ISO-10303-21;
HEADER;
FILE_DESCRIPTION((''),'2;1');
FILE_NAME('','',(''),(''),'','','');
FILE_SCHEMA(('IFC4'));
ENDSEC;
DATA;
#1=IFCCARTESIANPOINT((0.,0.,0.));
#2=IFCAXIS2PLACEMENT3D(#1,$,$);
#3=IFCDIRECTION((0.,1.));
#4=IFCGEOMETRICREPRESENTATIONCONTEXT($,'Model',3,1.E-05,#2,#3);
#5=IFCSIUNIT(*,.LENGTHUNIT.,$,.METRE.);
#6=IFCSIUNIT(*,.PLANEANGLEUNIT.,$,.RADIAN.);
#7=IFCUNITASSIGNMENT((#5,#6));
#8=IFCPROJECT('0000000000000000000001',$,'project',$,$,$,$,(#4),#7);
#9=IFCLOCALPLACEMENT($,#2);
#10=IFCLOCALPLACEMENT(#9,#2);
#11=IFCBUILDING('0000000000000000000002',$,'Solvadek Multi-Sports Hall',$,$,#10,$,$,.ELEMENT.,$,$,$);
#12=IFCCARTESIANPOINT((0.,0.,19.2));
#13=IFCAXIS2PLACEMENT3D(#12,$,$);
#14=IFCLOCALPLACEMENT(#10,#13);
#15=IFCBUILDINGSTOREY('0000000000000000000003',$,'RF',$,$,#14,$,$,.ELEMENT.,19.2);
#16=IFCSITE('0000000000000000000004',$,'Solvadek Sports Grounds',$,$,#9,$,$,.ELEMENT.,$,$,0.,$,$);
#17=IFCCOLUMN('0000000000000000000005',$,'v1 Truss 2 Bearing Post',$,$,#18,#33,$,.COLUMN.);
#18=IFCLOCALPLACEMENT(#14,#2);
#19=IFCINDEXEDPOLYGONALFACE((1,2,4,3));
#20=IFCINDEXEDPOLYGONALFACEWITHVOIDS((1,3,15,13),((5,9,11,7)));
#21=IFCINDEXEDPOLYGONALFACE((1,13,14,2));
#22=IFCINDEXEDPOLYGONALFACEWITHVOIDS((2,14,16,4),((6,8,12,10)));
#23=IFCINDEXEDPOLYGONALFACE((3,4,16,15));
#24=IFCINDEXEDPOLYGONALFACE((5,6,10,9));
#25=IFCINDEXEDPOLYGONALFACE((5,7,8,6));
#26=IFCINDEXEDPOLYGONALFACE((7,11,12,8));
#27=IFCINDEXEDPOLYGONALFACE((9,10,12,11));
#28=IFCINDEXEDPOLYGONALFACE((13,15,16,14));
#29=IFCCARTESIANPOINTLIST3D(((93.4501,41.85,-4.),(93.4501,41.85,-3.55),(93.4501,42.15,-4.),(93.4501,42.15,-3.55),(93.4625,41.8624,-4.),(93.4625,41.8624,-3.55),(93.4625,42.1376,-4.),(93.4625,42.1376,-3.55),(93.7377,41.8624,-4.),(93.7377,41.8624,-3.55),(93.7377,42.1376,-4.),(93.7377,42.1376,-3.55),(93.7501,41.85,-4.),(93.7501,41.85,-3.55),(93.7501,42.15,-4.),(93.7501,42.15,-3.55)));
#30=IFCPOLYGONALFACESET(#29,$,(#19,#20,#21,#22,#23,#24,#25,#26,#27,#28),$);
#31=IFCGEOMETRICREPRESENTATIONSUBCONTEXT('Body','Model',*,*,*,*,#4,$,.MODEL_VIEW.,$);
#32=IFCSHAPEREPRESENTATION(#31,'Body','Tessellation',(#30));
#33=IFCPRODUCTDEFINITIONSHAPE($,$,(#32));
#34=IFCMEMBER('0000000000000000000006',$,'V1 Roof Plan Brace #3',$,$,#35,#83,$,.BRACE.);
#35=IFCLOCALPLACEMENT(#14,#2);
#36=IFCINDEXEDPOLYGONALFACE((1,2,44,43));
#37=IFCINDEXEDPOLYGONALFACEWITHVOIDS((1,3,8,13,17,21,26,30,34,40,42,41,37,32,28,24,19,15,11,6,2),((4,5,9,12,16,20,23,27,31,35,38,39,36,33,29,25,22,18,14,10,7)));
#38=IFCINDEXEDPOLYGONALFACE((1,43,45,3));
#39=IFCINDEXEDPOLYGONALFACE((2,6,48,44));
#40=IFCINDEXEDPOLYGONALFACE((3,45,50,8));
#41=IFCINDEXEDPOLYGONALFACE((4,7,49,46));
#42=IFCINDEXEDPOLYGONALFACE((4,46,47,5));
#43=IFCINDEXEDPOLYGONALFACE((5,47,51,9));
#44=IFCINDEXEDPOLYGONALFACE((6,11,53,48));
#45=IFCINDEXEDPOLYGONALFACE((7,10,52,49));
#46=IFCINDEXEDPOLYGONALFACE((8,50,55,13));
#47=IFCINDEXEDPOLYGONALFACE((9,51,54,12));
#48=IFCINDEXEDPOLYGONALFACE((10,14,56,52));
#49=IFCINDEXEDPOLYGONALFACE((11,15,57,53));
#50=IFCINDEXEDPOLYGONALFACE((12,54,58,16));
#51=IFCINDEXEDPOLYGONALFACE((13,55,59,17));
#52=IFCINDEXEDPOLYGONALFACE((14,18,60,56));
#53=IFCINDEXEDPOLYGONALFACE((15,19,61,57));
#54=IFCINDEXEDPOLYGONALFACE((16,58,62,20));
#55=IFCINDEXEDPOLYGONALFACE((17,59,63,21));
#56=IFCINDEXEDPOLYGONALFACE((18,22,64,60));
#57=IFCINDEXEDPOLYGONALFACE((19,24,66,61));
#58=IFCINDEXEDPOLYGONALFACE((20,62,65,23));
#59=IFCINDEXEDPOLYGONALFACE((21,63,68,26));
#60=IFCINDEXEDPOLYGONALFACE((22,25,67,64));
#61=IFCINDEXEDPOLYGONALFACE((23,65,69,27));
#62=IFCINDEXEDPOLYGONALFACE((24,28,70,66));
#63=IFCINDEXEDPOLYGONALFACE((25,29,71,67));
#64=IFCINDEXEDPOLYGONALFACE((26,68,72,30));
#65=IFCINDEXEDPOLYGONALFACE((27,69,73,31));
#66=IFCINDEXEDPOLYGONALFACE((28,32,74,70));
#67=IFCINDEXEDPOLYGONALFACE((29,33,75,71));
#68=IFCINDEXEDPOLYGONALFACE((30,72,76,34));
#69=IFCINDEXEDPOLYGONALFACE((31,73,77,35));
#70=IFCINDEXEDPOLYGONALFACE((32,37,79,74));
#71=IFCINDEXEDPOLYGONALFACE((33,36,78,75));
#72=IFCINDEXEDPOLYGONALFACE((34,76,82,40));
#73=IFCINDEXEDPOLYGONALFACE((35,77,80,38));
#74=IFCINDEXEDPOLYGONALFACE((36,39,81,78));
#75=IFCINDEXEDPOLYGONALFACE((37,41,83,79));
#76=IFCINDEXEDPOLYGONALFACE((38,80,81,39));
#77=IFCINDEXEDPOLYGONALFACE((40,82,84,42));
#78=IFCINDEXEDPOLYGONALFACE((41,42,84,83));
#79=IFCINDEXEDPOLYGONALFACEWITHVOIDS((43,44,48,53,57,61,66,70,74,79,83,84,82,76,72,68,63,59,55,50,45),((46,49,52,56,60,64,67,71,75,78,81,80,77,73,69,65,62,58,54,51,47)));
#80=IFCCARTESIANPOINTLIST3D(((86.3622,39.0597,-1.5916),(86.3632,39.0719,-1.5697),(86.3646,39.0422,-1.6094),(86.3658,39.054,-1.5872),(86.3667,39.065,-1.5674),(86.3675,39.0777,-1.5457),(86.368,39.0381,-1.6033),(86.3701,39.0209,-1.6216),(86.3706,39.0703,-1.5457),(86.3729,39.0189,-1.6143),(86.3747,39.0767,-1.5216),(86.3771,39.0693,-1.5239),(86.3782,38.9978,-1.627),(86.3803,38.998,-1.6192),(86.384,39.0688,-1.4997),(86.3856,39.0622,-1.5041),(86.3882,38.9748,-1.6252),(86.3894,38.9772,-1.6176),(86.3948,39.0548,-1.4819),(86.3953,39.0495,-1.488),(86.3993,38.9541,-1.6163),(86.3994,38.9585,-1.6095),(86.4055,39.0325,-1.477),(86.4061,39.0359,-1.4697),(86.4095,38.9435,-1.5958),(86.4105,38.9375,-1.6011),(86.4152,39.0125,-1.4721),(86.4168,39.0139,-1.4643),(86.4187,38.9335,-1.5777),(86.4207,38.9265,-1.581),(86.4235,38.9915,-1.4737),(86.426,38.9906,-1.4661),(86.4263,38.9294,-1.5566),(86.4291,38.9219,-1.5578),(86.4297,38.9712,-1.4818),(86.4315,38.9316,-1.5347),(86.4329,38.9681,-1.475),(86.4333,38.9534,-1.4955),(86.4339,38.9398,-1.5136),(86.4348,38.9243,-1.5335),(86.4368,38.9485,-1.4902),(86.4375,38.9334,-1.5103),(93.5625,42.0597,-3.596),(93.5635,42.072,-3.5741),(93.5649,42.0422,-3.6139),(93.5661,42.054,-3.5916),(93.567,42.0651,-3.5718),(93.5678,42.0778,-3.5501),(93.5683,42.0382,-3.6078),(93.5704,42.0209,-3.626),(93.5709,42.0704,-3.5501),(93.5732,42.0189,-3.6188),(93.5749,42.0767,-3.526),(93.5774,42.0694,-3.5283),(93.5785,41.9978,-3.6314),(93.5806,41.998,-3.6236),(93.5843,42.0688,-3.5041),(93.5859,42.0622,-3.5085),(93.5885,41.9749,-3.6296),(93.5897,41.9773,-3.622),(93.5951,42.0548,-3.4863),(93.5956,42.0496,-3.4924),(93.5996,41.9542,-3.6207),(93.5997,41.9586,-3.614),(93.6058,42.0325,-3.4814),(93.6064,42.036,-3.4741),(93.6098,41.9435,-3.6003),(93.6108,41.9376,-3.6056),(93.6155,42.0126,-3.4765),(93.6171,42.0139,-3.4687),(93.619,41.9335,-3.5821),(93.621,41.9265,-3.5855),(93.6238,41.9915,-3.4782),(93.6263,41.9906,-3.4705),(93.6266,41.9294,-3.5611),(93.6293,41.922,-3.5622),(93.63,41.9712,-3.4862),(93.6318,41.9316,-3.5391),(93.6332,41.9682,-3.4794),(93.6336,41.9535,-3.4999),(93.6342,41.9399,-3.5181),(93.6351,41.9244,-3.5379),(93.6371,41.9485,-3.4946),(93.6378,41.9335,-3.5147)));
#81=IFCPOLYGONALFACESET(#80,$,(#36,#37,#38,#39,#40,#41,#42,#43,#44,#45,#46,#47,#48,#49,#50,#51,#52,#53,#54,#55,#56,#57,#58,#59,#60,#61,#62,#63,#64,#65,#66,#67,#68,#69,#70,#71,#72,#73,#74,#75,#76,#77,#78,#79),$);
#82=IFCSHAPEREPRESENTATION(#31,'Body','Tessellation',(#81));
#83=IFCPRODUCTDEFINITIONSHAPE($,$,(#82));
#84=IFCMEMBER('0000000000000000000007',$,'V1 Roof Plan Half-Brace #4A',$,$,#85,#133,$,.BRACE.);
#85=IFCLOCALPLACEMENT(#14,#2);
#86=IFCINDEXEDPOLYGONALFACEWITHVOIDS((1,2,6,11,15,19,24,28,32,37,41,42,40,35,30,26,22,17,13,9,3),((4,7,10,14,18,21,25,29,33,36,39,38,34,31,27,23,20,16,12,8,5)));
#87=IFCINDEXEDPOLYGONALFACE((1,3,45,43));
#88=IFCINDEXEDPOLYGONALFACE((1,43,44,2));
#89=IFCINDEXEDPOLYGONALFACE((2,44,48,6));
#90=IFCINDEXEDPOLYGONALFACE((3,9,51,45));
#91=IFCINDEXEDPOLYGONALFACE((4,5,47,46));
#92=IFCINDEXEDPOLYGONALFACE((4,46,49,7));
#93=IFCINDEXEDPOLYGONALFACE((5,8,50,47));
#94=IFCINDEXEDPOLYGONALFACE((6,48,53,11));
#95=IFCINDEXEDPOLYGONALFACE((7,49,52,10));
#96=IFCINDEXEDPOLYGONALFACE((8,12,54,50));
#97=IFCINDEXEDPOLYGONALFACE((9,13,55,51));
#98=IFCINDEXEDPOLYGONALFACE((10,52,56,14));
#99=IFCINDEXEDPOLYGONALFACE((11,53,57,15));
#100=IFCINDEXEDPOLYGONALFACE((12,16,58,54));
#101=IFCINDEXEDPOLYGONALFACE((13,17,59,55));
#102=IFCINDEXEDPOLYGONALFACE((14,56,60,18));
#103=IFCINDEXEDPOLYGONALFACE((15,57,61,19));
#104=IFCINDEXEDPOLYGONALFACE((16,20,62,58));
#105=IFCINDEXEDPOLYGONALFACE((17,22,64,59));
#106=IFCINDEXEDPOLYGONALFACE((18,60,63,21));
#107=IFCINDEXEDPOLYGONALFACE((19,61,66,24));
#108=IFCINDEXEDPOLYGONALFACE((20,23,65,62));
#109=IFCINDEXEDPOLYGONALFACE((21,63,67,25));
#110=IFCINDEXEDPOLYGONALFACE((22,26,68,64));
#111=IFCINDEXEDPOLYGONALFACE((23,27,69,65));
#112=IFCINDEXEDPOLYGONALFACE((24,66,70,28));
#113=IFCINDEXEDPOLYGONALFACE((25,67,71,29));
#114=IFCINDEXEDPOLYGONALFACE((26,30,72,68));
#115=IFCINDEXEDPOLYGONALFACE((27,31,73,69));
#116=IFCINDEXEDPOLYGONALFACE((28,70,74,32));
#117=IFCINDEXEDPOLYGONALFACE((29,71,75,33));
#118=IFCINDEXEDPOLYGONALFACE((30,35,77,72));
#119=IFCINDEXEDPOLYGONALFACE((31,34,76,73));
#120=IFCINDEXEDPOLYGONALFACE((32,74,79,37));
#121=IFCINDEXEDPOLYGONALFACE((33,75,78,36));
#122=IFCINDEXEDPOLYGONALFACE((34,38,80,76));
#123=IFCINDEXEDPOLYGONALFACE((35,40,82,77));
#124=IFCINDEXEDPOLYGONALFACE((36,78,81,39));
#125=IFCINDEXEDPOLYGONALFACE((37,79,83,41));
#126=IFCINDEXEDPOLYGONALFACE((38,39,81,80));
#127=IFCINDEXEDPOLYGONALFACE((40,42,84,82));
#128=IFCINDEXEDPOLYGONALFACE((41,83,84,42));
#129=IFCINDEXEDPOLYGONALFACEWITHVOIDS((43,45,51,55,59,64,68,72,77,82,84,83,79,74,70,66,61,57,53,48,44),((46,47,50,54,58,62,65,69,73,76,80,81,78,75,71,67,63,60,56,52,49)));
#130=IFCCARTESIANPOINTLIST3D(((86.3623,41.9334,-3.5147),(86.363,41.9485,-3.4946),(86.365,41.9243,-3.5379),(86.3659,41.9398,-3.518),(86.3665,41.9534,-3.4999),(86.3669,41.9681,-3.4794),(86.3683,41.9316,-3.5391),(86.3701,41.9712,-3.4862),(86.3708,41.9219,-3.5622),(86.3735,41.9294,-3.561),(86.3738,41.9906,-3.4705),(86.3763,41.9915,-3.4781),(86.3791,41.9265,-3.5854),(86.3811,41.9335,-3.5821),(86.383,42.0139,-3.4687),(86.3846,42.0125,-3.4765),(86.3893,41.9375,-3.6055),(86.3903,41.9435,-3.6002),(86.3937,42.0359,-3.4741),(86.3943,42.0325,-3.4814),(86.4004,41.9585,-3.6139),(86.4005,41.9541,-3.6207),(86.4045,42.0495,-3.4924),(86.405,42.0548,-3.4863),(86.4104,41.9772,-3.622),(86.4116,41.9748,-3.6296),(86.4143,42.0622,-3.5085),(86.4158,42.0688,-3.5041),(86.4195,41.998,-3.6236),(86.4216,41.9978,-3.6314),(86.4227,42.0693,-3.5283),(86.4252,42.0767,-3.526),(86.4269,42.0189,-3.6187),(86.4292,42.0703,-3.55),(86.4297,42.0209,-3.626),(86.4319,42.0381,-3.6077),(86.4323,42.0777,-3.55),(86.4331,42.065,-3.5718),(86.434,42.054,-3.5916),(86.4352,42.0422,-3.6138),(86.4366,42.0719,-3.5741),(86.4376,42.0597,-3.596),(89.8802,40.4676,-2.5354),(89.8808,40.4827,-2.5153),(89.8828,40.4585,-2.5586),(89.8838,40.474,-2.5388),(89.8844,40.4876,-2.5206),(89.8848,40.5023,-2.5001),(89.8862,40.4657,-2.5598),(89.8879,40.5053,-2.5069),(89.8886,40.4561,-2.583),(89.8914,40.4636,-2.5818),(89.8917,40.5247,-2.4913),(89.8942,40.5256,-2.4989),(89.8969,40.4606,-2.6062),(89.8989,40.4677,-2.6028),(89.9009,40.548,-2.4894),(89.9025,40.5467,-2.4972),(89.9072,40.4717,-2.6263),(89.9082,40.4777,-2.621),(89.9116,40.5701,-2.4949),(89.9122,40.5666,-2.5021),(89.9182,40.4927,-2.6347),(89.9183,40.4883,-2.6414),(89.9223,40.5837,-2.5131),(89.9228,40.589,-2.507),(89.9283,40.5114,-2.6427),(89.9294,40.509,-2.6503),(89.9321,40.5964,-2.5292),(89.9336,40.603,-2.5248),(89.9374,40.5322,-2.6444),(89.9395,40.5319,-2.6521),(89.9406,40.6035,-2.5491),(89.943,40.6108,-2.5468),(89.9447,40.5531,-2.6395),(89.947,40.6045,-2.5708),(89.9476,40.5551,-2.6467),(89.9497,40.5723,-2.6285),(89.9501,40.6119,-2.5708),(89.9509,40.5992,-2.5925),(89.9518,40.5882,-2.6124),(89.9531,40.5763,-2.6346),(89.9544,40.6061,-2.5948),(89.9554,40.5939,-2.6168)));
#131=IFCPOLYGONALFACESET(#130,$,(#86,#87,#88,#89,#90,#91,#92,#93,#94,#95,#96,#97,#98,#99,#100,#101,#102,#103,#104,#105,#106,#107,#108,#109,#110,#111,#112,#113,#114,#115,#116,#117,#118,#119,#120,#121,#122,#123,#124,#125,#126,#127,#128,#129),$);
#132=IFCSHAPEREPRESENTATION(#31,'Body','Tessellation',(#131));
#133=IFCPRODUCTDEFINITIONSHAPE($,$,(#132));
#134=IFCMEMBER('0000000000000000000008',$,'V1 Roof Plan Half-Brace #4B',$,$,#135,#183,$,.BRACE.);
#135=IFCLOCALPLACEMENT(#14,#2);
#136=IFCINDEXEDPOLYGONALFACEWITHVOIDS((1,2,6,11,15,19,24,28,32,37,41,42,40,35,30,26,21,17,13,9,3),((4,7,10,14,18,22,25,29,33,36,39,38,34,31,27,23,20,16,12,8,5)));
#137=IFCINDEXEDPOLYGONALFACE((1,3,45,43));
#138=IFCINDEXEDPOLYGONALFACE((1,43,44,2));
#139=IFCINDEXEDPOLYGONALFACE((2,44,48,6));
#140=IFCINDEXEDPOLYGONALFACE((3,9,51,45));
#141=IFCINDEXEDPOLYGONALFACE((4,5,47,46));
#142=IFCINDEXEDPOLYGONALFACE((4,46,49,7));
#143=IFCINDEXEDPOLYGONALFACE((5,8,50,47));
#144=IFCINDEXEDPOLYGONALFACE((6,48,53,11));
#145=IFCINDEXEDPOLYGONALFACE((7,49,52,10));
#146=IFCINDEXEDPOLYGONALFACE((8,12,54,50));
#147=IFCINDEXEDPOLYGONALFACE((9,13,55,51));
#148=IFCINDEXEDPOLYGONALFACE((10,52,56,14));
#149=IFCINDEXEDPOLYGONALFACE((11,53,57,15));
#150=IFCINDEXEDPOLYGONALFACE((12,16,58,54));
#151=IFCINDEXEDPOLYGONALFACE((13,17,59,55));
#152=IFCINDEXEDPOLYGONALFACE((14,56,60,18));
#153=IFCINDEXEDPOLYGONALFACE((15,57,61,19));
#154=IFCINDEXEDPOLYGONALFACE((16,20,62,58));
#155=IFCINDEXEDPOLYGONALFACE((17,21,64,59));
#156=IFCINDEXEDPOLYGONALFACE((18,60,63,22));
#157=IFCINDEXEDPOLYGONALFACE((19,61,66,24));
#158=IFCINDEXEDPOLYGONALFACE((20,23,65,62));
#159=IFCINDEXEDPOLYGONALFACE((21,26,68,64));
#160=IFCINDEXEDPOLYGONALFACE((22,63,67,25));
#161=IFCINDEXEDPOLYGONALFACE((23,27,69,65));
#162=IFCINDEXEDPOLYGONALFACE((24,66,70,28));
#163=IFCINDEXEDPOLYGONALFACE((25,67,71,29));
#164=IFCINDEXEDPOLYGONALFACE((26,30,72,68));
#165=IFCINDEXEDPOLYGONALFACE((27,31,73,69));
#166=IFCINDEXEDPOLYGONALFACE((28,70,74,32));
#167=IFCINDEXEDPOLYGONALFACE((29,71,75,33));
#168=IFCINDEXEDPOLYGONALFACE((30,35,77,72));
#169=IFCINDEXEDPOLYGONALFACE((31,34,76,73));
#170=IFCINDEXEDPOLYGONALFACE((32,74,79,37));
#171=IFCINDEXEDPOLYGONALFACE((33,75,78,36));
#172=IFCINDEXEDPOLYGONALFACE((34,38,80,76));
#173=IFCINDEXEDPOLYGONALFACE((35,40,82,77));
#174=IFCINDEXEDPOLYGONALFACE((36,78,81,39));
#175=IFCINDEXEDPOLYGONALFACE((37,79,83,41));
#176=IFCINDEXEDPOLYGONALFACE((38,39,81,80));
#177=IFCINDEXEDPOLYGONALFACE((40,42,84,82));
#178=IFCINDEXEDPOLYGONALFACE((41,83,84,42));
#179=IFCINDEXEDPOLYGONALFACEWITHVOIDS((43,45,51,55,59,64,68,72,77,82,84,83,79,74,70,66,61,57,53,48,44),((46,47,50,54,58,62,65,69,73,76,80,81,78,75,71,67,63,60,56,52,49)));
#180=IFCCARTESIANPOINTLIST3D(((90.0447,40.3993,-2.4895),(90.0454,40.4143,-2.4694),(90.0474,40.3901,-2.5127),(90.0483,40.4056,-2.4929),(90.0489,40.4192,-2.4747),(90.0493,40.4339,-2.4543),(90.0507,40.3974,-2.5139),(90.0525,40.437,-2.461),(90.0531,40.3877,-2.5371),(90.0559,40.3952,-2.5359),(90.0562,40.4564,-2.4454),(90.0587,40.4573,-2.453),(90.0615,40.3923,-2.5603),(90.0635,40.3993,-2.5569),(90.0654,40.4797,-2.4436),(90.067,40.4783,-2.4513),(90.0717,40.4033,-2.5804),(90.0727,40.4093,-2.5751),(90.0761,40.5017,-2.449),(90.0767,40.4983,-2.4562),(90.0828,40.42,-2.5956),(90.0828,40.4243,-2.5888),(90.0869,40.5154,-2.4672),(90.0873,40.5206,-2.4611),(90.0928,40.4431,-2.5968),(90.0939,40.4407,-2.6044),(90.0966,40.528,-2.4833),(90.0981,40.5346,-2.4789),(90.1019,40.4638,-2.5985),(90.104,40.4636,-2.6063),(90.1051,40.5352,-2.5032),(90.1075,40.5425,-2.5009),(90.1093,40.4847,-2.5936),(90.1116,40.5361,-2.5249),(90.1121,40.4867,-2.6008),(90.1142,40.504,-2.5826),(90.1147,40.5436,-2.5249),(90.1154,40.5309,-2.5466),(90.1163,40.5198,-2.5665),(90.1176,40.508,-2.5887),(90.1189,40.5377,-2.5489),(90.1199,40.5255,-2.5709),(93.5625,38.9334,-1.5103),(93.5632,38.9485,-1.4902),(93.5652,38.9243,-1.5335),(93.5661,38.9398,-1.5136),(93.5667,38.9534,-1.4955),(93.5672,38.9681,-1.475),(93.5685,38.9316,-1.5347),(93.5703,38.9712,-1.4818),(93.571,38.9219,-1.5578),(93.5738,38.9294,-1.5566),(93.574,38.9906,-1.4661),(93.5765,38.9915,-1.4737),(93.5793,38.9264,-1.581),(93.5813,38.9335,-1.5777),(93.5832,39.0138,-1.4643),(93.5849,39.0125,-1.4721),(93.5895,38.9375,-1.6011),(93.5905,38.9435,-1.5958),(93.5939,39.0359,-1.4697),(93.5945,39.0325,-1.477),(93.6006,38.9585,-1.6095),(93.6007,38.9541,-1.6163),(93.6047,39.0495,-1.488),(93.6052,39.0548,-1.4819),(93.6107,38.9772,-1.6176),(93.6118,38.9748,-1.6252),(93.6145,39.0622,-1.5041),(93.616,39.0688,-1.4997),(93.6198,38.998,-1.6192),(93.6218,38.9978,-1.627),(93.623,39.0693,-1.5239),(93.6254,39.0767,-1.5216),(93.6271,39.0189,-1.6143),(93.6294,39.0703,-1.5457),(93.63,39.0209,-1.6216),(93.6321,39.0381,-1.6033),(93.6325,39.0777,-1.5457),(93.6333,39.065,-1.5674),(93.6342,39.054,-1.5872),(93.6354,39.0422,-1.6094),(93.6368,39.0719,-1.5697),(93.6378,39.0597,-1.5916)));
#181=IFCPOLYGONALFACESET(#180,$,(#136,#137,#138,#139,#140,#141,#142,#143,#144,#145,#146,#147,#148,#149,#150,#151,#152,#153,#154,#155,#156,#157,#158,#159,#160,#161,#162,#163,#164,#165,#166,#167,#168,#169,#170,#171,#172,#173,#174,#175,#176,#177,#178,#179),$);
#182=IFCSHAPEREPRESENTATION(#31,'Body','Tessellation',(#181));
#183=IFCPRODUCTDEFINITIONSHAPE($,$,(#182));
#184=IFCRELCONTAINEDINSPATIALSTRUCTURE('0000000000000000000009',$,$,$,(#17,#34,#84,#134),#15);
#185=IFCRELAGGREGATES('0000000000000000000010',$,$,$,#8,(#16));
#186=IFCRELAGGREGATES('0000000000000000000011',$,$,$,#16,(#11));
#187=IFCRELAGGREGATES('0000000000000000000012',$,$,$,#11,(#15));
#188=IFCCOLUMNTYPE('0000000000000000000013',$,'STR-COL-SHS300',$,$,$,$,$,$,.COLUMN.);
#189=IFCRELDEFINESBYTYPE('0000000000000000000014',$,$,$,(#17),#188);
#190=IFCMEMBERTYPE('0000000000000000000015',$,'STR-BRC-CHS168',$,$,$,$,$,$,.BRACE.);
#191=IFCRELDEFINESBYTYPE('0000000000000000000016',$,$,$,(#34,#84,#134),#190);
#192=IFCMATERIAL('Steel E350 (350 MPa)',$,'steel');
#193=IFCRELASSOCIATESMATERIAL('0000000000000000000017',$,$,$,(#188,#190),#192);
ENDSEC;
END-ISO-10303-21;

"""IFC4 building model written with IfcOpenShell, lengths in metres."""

from ifc_helpers import new_model, si_unit, direction, frame, origin, origin_2d, place, context, subcontext, project, spatial, hollow_rectangle, hollow_circle, extrude, material, material_profile, profile_set, type_object, element, save


model = new_model("IFC4")

# Units and contexts
model_context = context("Model", 3, precision=1e-05, world=origin(), true_north=direction((0.0, 1.0)))
body_context = subcontext(model_context, "Body", "Model", "MODEL_VIEW")
ifc_project = project(units=[si_unit("LENGTHUNIT", "METRE"), si_unit("PLANEANGLEUNIT", "RADIAN")], contexts=[model_context])

# Site, building, storey
site_placement = place(None, origin())
site = spatial("IfcSite", under=ifc_project, at=site_placement, Name="Solvadek Sports Grounds", CompositionType="ELEMENT", RefElevation=0.0)
building_placement = place(site_placement, origin())
building = spatial("IfcBuilding", under=site, at=building_placement, Name="Solvadek Multi-Sports Hall", CompositionType="ELEMENT")
storey_placement = place(building_placement, frame((0.0, 0.0, 19.2)))
storey = spatial("IfcBuildingStorey", under=building, at=storey_placement, Name="RF", CompositionType="ELEMENT", Elevation=19.2)

# Column
ifc_material_1 = material(Name="Steel E350 (350 MPa)", Category="steel")
ifc_material_profile_1 = material_profile(ifc_material_1, hollow_rectangle(XDim=0.3, YDim=0.3, WallThickness=0.0125, at=origin_2d()), Name="SHS 300x300x12.5")
ifc_profile_set_1 = profile_set([ifc_material_profile_1], Name="Steel E350 (350 MPa)")
column_type = type_object("IfcColumnType", Name="STR-COL-SHS300", PredefinedType="COLUMN", material=ifc_profile_set_1)
column_placement = place(storey_placement, frame((93.6001, 42.0, -4.0), z_axis=(0.0, 0.0, 1.0), x_axis=(1.0, 0.0, 0.0)))
element("IfcColumn", 1, at=column_placement, inside=storey, type_object=column_type, Name="v1 Truss 2 Bearing Post", PredefinedType="COLUMN", context=body_context, shape_type="SweptSolid", body=[
    extrude(hollow_rectangle(XDim=0.3, YDim=0.3, WallThickness=0.0125, at=origin_2d()), origin(), (0.0, 0.0, 1.0), 0.45),
])

# Members
ifc_material_profile_2 = material_profile(ifc_material_1, hollow_circle(Radius=0.0842, WallThickness=0.0081, at=origin_2d()), Name="CHS 168.3x8")
ifc_profile_set_2 = profile_set([ifc_material_profile_2], Name="Steel E350 (350 MPa)")
member_type_1 = type_object("IfcMemberType", Name="STR-BRC-CHS168", PredefinedType="BRACE", material=ifc_profile_set_2)
member_1_placement = place(storey_placement, frame((86.3999, 39.0, -1.5457), z_axis=(0.894035, 0.372504, -0.248882), x_axis=(-0.384606, 0.923081, 0.0)))
element("IfcMember", 2, at=member_1_placement, inside=storey, type_object=member_type_1, Name="V1 Roof Plan Brace #3", PredefinedType="BRACE", context=body_context, shape_type="SweptSolid", body=[
    extrude(hollow_circle(Radius=0.0842, WallThickness=0.0081, at=origin_2d()), origin(), (0.0, 0.0, 1.0), 8.0537),
])
for number, where, z_axis, x_axis, name in (
    (3, (86.3999, 42.0, -3.55), (0.894029, -0.372528, 0.248869), (0.384629, 0.923071, 0.0), "V1 Roof Plan Half-Brace #4A"),
    (4, (90.0823, 40.4658, -2.5249), (0.894029, -0.372528, 0.248869), (0.384629, 0.923071, 0.0), "V1 Roof Plan Half-Brace #4B"),
):
    element("IfcMember", number, at=place(storey_placement, frame(where, z_axis=z_axis, x_axis=x_axis)), inside=storey, type_object=member_type_1, Name=name, PredefinedType="BRACE", context=body_context, shape_type="SweptSolid", body=[
        extrude(hollow_circle(Radius=0.0842, WallThickness=0.0081, at=origin_2d()), origin(), (0.0, 0.0, 1.0), 3.9348),
    ])

save(model, "model.ifc")
